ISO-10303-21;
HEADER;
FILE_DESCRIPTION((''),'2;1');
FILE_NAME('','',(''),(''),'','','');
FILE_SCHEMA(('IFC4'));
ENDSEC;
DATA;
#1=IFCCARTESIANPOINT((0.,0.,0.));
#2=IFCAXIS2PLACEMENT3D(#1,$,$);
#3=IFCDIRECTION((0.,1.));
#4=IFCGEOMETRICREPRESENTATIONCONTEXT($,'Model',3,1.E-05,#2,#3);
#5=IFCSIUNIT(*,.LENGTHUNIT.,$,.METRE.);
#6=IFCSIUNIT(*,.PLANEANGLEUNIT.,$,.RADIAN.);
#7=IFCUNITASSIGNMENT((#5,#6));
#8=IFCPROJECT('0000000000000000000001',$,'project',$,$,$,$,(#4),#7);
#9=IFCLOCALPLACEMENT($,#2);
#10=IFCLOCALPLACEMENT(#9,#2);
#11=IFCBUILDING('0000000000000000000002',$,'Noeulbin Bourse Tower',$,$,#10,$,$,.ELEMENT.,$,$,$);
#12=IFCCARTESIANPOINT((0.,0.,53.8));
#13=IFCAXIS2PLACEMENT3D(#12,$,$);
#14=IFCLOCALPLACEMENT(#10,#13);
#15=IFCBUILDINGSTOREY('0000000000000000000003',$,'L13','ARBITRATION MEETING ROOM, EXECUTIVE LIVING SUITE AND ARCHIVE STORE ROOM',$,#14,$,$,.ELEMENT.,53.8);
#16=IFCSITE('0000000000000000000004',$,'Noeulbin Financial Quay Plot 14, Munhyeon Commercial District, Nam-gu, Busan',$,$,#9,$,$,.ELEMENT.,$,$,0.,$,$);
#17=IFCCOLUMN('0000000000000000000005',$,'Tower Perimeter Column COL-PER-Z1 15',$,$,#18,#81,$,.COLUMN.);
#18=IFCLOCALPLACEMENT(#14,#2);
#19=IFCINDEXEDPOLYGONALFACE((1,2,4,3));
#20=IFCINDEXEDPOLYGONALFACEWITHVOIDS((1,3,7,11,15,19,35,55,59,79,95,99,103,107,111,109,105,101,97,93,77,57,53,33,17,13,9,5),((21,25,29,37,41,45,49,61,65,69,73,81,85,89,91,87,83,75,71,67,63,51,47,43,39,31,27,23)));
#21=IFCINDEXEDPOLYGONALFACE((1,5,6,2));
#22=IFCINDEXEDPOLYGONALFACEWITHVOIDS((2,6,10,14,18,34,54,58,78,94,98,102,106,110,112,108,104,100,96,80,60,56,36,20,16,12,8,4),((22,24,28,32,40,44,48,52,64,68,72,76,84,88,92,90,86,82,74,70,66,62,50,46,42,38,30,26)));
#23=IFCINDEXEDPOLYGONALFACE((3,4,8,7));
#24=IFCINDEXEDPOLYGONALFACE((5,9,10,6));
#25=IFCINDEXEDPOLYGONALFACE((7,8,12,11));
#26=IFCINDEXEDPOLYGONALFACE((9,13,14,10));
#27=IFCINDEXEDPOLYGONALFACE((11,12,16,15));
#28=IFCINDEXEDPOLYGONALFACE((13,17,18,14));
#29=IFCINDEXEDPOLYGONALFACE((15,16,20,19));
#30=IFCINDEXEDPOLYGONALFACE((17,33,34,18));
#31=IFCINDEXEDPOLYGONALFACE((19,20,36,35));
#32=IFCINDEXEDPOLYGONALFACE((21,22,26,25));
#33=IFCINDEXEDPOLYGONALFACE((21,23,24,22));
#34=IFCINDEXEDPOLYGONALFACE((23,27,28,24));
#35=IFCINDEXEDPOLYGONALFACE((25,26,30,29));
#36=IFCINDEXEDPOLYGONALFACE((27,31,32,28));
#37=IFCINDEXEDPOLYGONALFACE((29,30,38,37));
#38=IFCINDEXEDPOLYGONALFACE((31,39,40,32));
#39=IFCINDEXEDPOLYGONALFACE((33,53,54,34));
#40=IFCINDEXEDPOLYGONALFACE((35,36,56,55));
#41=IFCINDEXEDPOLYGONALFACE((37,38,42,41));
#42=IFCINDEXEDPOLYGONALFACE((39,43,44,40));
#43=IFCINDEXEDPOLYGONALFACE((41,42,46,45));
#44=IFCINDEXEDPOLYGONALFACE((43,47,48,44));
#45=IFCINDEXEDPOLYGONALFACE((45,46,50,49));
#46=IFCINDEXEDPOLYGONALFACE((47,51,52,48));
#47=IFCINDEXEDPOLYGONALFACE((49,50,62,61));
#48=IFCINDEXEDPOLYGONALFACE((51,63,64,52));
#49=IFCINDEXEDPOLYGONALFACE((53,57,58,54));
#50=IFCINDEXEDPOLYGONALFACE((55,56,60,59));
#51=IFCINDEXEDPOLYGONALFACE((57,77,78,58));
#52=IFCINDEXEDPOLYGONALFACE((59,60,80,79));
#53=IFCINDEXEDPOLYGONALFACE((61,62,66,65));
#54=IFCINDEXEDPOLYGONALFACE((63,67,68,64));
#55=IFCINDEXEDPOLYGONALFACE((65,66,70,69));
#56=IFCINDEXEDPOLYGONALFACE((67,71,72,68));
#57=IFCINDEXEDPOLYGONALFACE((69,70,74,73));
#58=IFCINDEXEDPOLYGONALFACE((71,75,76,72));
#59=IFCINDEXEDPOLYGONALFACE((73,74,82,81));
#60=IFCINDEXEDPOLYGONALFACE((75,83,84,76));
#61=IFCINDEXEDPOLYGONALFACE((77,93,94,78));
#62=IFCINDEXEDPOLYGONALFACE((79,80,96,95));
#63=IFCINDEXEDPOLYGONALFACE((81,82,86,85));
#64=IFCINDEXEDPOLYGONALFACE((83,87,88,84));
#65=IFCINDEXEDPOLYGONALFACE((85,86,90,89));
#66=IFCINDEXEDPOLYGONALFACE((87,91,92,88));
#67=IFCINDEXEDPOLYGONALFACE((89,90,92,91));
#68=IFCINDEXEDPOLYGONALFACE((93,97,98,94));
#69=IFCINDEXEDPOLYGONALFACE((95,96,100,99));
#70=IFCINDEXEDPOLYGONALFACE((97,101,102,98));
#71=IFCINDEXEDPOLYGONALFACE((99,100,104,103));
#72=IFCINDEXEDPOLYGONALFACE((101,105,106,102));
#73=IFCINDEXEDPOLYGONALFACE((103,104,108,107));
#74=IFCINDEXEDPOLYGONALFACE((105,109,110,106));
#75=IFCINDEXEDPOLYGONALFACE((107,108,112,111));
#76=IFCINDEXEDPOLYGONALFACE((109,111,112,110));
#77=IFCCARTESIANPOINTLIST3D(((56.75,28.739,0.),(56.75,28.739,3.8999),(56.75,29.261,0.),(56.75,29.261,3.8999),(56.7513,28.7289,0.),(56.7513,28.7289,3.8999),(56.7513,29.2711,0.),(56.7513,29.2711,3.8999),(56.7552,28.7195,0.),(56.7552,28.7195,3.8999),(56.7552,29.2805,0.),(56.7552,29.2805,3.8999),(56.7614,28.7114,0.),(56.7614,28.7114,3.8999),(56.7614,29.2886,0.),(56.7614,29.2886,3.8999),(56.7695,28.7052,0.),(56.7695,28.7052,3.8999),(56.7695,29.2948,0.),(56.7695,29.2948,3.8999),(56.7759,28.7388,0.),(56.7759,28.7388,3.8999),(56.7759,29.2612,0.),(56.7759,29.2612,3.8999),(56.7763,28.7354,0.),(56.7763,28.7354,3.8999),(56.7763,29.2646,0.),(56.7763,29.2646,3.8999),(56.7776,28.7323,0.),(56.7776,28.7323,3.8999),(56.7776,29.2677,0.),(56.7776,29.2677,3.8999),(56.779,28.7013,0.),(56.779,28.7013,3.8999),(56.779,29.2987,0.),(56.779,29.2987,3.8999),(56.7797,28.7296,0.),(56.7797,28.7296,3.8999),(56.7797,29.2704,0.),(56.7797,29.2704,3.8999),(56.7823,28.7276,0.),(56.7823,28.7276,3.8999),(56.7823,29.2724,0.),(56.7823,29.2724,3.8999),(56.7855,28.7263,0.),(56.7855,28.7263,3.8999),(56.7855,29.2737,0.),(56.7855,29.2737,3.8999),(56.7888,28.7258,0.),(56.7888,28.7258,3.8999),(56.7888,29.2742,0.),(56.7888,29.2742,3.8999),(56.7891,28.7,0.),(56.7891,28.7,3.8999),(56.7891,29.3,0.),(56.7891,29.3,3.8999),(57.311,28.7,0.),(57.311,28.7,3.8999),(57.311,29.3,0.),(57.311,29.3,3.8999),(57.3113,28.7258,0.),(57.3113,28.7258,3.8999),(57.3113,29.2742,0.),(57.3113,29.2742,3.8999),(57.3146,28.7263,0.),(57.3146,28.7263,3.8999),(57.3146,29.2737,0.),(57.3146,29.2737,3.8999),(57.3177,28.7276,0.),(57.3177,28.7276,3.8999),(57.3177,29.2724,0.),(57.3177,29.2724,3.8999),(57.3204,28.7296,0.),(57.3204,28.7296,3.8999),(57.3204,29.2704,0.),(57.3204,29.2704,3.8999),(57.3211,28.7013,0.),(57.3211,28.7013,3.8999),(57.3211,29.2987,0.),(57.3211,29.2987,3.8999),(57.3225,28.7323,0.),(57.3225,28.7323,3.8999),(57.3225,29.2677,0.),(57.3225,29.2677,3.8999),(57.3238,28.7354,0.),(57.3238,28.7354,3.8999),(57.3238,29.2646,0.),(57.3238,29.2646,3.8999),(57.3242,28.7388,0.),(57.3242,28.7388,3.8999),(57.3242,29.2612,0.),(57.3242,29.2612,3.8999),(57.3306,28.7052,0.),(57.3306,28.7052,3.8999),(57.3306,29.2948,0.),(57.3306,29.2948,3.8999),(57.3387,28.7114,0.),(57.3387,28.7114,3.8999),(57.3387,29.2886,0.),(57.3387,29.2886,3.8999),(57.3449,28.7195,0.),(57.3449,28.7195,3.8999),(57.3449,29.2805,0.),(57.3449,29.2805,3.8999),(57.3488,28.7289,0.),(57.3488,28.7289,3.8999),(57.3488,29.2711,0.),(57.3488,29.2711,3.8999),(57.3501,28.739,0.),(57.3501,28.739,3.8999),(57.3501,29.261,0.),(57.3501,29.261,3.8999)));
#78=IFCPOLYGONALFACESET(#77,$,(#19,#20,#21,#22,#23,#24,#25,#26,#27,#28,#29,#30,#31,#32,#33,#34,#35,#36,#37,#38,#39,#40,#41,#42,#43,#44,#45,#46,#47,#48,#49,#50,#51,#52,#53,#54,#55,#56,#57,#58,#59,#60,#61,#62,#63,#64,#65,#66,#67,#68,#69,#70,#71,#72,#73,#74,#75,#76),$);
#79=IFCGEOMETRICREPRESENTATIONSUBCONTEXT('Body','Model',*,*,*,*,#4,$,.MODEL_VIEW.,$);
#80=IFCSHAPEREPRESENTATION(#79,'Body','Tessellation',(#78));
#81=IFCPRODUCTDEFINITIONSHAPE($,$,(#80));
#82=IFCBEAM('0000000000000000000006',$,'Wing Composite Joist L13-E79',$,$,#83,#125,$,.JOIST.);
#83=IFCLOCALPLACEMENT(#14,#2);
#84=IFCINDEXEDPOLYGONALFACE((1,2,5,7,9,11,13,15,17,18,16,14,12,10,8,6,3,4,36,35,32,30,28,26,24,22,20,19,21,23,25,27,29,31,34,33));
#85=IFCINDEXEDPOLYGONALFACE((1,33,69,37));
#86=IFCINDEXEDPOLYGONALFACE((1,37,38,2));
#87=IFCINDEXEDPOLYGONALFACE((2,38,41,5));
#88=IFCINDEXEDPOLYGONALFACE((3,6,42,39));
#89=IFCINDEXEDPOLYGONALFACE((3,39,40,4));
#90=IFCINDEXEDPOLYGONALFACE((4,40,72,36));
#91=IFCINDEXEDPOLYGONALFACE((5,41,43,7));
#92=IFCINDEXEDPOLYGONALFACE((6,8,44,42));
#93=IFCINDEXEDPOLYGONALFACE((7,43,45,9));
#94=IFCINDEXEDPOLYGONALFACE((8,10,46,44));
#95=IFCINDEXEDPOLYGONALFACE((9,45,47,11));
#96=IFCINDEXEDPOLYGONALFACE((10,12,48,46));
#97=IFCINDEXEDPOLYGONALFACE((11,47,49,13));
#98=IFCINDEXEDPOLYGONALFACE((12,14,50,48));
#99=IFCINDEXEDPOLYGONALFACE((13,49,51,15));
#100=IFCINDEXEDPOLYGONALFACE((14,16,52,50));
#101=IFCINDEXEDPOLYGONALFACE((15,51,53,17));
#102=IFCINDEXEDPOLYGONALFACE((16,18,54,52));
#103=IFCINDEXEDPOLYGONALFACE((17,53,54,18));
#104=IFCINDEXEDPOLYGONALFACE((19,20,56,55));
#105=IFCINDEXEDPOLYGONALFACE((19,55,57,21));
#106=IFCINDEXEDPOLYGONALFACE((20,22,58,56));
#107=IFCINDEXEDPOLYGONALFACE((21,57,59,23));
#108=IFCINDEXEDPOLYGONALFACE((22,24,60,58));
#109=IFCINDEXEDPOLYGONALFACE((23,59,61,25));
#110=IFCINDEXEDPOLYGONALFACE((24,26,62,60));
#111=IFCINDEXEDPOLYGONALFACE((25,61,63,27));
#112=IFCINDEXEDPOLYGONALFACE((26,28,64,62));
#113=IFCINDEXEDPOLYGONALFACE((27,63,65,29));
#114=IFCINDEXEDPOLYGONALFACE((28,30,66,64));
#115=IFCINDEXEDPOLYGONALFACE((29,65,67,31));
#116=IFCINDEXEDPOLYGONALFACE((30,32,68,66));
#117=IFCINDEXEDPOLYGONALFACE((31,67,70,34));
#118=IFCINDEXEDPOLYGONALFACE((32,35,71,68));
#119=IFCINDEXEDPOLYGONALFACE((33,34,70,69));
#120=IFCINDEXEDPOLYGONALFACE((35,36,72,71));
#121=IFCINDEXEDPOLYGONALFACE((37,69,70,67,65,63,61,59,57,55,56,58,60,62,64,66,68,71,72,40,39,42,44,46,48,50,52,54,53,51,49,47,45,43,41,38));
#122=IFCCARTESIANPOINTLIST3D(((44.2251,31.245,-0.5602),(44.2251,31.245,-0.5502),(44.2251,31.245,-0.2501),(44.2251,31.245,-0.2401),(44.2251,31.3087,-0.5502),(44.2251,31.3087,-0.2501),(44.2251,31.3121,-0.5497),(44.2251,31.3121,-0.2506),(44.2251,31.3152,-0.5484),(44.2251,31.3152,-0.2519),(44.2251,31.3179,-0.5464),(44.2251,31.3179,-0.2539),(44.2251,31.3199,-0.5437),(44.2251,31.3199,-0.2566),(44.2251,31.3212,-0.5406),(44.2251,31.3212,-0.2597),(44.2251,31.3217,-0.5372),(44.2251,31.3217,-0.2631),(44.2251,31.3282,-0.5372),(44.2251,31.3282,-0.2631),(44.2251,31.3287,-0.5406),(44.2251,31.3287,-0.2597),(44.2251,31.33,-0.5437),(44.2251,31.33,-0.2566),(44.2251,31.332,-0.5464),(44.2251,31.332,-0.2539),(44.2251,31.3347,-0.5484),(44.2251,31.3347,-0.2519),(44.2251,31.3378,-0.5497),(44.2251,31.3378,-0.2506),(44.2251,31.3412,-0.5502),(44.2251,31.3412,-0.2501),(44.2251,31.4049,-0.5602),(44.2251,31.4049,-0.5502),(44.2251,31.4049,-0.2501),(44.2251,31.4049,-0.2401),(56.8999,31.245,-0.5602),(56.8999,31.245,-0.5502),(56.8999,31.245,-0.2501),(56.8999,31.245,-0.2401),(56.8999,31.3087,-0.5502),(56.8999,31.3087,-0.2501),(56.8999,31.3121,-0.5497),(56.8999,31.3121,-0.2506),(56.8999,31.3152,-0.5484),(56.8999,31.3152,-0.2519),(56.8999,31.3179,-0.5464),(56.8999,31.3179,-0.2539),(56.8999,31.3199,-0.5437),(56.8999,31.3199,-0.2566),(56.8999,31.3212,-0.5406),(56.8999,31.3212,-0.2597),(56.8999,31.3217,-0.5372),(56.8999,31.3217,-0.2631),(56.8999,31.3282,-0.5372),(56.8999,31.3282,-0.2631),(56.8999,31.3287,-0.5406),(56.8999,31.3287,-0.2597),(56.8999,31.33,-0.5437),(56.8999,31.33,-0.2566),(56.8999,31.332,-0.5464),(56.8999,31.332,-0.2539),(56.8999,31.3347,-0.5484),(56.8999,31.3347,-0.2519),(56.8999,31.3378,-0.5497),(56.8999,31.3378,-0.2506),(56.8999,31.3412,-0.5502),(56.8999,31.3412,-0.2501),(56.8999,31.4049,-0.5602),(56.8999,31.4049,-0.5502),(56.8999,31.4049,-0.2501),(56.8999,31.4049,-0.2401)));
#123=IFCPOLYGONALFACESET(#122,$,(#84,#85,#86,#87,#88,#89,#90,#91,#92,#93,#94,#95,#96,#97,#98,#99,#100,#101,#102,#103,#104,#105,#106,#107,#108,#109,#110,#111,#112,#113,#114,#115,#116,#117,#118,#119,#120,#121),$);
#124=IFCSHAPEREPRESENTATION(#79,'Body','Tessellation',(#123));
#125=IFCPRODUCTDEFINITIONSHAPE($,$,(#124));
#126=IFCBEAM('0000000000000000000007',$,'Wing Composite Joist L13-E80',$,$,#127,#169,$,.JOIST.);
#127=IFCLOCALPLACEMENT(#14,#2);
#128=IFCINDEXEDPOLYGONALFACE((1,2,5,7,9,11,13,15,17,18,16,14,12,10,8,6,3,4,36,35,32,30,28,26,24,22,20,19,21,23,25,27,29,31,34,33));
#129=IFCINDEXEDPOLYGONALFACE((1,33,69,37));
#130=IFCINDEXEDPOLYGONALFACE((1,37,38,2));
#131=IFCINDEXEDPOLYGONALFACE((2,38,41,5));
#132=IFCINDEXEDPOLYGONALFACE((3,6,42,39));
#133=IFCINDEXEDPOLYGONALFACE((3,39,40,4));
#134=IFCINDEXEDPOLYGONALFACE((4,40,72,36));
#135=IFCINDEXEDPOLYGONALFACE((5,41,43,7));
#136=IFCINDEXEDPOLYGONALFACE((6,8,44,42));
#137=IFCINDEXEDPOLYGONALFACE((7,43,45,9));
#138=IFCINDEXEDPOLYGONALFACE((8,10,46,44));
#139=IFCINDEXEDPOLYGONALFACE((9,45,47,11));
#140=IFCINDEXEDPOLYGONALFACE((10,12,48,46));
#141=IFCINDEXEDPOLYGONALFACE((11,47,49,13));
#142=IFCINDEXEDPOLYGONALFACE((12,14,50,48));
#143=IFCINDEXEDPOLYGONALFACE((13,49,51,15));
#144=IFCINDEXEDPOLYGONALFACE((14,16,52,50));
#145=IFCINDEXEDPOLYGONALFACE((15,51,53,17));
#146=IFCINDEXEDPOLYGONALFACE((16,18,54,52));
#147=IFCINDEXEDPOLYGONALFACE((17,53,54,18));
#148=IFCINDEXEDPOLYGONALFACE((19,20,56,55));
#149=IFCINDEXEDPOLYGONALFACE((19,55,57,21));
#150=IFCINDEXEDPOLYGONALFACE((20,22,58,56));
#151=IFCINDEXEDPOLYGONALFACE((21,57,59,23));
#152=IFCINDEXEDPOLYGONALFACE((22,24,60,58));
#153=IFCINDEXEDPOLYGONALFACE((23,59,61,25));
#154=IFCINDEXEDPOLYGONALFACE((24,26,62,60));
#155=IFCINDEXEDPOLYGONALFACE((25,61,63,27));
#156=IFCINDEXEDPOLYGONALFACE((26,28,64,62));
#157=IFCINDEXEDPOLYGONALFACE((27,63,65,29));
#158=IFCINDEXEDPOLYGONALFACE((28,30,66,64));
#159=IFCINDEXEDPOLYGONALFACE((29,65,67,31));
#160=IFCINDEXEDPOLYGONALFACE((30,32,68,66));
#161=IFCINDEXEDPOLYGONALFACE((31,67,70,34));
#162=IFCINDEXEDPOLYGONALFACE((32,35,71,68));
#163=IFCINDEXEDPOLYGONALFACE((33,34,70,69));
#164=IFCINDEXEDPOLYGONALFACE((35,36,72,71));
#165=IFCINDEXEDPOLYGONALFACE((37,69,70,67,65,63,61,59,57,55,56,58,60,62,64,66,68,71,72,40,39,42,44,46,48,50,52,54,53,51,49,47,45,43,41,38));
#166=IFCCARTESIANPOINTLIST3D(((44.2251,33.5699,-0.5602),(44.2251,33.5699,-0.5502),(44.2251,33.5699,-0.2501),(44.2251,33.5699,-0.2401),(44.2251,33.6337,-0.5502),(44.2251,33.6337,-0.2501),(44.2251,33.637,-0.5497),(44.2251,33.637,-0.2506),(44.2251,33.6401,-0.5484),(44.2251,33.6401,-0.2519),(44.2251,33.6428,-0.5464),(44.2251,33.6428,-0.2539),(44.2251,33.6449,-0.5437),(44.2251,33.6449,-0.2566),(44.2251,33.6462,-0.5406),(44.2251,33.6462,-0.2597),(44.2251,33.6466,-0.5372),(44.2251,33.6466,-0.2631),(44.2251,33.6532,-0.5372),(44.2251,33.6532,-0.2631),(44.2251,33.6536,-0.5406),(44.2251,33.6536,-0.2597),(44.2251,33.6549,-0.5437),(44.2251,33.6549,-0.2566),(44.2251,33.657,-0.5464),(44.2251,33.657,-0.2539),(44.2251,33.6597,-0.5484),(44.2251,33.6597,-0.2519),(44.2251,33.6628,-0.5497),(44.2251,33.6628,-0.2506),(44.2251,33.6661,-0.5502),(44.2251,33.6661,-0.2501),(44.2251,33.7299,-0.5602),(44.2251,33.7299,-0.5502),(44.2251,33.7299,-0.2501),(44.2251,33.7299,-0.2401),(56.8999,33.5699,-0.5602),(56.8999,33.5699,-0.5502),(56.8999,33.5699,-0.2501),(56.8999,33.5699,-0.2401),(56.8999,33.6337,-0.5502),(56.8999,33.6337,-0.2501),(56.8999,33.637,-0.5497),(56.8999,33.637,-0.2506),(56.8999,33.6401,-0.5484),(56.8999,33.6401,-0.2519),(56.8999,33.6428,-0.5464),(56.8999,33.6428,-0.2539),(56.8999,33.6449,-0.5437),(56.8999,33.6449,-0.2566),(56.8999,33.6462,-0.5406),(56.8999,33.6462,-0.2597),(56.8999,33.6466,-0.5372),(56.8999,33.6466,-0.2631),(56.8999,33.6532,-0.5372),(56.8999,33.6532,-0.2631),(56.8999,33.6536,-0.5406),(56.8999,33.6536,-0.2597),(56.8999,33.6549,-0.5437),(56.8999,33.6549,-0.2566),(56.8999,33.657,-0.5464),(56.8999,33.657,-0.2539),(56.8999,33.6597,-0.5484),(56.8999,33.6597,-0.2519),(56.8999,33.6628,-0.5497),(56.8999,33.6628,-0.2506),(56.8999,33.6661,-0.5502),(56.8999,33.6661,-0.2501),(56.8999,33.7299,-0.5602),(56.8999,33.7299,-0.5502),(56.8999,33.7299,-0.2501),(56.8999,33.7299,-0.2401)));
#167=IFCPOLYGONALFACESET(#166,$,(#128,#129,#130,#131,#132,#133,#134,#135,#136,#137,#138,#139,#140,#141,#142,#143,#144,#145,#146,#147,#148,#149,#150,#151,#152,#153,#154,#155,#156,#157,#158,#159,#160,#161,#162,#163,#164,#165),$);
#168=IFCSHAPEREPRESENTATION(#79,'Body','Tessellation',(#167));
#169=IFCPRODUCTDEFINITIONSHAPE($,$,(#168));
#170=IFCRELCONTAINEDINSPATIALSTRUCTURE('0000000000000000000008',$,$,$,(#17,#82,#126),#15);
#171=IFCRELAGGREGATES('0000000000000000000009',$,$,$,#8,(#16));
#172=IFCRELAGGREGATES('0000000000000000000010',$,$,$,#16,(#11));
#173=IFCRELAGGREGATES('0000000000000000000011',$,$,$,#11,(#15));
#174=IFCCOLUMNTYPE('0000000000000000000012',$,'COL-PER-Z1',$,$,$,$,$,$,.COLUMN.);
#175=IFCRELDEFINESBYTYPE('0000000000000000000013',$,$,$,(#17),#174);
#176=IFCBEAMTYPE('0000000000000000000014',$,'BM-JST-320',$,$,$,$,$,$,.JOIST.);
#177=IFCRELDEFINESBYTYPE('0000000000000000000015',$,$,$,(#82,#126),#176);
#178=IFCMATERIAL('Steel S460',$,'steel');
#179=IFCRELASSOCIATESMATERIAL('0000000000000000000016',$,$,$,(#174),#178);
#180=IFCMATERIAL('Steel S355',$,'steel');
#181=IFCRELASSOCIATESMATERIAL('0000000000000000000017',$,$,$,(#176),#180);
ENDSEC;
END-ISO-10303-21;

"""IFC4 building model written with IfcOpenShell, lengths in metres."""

from ifc_helpers import new_model, si_unit, direction, frame, origin, origin_2d, place, context, subcontext, project, spatial, hollow_rectangle, i_section, extrude, material, material_profile, profile_set, type_object, element, save


model = new_model("IFC4")

# Units and contexts
model_context = context("Model", 3, precision=1e-05, world=origin(), true_north=direction((0.0, 1.0)))
body_context = subcontext(model_context, "Body", "Model", "MODEL_VIEW")
ifc_project = project(units=[si_unit("LENGTHUNIT", "METRE"), si_unit("PLANEANGLEUNIT", "RADIAN")], contexts=[model_context])

# Site, building, storey
site_placement = place(None, origin())
site = spatial("IfcSite", under=ifc_project, at=site_placement, Name="Noeulbin Financial Quay Plot 14, Munhyeon Commercial District, Nam-gu, Busan", CompositionType="ELEMENT", RefElevation=0.0)
building_placement = place(site_placement, origin())
building = spatial("IfcBuilding", under=site, at=building_placement, Name="Noeulbin Bourse Tower", CompositionType="ELEMENT")
storey_placement = place(building_placement, frame((0.0, 0.0, 53.8)))
storey = spatial("IfcBuildingStorey", under=building, at=storey_placement, Name="L13", Description="ARBITRATION MEETING ROOM, EXECUTIVE LIVING SUITE AND ARCHIVE STORE ROOM", CompositionType="ELEMENT", Elevation=53.8)

# Column
ifc_material_1 = material(Name="Steel S460", Category="steel")
ifc_material_profile_1 = material_profile(ifc_material_1, hollow_rectangle(XDim=0.6001, YDim=0.6001, WallThickness=0.0259, InnerFilletRadius=0.0129, OuterFilletRadius=0.0391, at=origin_2d()), Name="BOX-600x600x26", Category="LoadBearing")
ifc_profile_set_1 = profile_set([ifc_material_profile_1], Name="Steel S460")
column_type = type_object("IfcColumnType", Name="COL-PER-Z1", PredefinedType="COLUMN", material=ifc_profile_set_1)
column_placement = place(storey_placement, frame((57.05, 29.0, 0.0), z_axis=(0.0, 0.0, 1.0), x_axis=(1.0, 0.0, 0.0)))
element("IfcColumn", 1, at=column_placement, inside=storey, type_object=column_type, Name="Tower Perimeter Column COL-PER-Z1 15", PredefinedType="COLUMN", context=body_context, shape_type="SweptSolid", body=[
    extrude(hollow_rectangle(XDim=0.6001, YDim=0.6001, WallThickness=0.0259, InnerFilletRadius=0.0129, OuterFilletRadius=0.0391, at=origin_2d()), origin(), (0.0, 0.0, 1.0), 3.8999),
])

# Beams
ifc_material_2 = material(Name="Steel S355", Category="steel")
ifc_material_profile_2 = material_profile(ifc_material_2, i_section(OverallWidth=0.1599, OverallDepth=0.3201, WebThickness=0.0066, FlangeThickness=0.01, FilletRadius=0.0129, at=origin_2d()), Name="H-320x160x6.5x10", Category="LoadBearing")
ifc_profile_set_2 = profile_set([ifc_material_profile_2], Name="Steel S355")
beam_type_1 = type_object("IfcBeamType", Name="BM-JST-320", PredefinedType="JOIST", material=ifc_profile_set_2)
for number, where, z_axis, x_axis, name in (
    (2, (44.2251, 31.325, -0.4001), (1.0, 0.0, 0.0), (0.0, 1.0, 0.0), "Wing Composite Joist L13-E79"),
    (3, (44.2251, 33.6499, -0.4001), (1.0, 0.0, 0.0), (0.0, 1.0, 0.0), "Wing Composite Joist L13-E80"),
):
    element("IfcBeam", number, at=place(storey_placement, frame(where, z_axis=z_axis, x_axis=x_axis)), inside=storey, type_object=beam_type_1, Name=name, PredefinedType="JOIST", context=body_context, shape_type="SweptSolid", body=[
        extrude(i_section(OverallWidth=0.1599, OverallDepth=0.3201, WebThickness=0.0066, FlangeThickness=0.01, FilletRadius=0.0129, at=origin_2d()), origin(), (0.0, 0.0, 1.0), 12.6748),
    ])

save(model, "model.ifc")
